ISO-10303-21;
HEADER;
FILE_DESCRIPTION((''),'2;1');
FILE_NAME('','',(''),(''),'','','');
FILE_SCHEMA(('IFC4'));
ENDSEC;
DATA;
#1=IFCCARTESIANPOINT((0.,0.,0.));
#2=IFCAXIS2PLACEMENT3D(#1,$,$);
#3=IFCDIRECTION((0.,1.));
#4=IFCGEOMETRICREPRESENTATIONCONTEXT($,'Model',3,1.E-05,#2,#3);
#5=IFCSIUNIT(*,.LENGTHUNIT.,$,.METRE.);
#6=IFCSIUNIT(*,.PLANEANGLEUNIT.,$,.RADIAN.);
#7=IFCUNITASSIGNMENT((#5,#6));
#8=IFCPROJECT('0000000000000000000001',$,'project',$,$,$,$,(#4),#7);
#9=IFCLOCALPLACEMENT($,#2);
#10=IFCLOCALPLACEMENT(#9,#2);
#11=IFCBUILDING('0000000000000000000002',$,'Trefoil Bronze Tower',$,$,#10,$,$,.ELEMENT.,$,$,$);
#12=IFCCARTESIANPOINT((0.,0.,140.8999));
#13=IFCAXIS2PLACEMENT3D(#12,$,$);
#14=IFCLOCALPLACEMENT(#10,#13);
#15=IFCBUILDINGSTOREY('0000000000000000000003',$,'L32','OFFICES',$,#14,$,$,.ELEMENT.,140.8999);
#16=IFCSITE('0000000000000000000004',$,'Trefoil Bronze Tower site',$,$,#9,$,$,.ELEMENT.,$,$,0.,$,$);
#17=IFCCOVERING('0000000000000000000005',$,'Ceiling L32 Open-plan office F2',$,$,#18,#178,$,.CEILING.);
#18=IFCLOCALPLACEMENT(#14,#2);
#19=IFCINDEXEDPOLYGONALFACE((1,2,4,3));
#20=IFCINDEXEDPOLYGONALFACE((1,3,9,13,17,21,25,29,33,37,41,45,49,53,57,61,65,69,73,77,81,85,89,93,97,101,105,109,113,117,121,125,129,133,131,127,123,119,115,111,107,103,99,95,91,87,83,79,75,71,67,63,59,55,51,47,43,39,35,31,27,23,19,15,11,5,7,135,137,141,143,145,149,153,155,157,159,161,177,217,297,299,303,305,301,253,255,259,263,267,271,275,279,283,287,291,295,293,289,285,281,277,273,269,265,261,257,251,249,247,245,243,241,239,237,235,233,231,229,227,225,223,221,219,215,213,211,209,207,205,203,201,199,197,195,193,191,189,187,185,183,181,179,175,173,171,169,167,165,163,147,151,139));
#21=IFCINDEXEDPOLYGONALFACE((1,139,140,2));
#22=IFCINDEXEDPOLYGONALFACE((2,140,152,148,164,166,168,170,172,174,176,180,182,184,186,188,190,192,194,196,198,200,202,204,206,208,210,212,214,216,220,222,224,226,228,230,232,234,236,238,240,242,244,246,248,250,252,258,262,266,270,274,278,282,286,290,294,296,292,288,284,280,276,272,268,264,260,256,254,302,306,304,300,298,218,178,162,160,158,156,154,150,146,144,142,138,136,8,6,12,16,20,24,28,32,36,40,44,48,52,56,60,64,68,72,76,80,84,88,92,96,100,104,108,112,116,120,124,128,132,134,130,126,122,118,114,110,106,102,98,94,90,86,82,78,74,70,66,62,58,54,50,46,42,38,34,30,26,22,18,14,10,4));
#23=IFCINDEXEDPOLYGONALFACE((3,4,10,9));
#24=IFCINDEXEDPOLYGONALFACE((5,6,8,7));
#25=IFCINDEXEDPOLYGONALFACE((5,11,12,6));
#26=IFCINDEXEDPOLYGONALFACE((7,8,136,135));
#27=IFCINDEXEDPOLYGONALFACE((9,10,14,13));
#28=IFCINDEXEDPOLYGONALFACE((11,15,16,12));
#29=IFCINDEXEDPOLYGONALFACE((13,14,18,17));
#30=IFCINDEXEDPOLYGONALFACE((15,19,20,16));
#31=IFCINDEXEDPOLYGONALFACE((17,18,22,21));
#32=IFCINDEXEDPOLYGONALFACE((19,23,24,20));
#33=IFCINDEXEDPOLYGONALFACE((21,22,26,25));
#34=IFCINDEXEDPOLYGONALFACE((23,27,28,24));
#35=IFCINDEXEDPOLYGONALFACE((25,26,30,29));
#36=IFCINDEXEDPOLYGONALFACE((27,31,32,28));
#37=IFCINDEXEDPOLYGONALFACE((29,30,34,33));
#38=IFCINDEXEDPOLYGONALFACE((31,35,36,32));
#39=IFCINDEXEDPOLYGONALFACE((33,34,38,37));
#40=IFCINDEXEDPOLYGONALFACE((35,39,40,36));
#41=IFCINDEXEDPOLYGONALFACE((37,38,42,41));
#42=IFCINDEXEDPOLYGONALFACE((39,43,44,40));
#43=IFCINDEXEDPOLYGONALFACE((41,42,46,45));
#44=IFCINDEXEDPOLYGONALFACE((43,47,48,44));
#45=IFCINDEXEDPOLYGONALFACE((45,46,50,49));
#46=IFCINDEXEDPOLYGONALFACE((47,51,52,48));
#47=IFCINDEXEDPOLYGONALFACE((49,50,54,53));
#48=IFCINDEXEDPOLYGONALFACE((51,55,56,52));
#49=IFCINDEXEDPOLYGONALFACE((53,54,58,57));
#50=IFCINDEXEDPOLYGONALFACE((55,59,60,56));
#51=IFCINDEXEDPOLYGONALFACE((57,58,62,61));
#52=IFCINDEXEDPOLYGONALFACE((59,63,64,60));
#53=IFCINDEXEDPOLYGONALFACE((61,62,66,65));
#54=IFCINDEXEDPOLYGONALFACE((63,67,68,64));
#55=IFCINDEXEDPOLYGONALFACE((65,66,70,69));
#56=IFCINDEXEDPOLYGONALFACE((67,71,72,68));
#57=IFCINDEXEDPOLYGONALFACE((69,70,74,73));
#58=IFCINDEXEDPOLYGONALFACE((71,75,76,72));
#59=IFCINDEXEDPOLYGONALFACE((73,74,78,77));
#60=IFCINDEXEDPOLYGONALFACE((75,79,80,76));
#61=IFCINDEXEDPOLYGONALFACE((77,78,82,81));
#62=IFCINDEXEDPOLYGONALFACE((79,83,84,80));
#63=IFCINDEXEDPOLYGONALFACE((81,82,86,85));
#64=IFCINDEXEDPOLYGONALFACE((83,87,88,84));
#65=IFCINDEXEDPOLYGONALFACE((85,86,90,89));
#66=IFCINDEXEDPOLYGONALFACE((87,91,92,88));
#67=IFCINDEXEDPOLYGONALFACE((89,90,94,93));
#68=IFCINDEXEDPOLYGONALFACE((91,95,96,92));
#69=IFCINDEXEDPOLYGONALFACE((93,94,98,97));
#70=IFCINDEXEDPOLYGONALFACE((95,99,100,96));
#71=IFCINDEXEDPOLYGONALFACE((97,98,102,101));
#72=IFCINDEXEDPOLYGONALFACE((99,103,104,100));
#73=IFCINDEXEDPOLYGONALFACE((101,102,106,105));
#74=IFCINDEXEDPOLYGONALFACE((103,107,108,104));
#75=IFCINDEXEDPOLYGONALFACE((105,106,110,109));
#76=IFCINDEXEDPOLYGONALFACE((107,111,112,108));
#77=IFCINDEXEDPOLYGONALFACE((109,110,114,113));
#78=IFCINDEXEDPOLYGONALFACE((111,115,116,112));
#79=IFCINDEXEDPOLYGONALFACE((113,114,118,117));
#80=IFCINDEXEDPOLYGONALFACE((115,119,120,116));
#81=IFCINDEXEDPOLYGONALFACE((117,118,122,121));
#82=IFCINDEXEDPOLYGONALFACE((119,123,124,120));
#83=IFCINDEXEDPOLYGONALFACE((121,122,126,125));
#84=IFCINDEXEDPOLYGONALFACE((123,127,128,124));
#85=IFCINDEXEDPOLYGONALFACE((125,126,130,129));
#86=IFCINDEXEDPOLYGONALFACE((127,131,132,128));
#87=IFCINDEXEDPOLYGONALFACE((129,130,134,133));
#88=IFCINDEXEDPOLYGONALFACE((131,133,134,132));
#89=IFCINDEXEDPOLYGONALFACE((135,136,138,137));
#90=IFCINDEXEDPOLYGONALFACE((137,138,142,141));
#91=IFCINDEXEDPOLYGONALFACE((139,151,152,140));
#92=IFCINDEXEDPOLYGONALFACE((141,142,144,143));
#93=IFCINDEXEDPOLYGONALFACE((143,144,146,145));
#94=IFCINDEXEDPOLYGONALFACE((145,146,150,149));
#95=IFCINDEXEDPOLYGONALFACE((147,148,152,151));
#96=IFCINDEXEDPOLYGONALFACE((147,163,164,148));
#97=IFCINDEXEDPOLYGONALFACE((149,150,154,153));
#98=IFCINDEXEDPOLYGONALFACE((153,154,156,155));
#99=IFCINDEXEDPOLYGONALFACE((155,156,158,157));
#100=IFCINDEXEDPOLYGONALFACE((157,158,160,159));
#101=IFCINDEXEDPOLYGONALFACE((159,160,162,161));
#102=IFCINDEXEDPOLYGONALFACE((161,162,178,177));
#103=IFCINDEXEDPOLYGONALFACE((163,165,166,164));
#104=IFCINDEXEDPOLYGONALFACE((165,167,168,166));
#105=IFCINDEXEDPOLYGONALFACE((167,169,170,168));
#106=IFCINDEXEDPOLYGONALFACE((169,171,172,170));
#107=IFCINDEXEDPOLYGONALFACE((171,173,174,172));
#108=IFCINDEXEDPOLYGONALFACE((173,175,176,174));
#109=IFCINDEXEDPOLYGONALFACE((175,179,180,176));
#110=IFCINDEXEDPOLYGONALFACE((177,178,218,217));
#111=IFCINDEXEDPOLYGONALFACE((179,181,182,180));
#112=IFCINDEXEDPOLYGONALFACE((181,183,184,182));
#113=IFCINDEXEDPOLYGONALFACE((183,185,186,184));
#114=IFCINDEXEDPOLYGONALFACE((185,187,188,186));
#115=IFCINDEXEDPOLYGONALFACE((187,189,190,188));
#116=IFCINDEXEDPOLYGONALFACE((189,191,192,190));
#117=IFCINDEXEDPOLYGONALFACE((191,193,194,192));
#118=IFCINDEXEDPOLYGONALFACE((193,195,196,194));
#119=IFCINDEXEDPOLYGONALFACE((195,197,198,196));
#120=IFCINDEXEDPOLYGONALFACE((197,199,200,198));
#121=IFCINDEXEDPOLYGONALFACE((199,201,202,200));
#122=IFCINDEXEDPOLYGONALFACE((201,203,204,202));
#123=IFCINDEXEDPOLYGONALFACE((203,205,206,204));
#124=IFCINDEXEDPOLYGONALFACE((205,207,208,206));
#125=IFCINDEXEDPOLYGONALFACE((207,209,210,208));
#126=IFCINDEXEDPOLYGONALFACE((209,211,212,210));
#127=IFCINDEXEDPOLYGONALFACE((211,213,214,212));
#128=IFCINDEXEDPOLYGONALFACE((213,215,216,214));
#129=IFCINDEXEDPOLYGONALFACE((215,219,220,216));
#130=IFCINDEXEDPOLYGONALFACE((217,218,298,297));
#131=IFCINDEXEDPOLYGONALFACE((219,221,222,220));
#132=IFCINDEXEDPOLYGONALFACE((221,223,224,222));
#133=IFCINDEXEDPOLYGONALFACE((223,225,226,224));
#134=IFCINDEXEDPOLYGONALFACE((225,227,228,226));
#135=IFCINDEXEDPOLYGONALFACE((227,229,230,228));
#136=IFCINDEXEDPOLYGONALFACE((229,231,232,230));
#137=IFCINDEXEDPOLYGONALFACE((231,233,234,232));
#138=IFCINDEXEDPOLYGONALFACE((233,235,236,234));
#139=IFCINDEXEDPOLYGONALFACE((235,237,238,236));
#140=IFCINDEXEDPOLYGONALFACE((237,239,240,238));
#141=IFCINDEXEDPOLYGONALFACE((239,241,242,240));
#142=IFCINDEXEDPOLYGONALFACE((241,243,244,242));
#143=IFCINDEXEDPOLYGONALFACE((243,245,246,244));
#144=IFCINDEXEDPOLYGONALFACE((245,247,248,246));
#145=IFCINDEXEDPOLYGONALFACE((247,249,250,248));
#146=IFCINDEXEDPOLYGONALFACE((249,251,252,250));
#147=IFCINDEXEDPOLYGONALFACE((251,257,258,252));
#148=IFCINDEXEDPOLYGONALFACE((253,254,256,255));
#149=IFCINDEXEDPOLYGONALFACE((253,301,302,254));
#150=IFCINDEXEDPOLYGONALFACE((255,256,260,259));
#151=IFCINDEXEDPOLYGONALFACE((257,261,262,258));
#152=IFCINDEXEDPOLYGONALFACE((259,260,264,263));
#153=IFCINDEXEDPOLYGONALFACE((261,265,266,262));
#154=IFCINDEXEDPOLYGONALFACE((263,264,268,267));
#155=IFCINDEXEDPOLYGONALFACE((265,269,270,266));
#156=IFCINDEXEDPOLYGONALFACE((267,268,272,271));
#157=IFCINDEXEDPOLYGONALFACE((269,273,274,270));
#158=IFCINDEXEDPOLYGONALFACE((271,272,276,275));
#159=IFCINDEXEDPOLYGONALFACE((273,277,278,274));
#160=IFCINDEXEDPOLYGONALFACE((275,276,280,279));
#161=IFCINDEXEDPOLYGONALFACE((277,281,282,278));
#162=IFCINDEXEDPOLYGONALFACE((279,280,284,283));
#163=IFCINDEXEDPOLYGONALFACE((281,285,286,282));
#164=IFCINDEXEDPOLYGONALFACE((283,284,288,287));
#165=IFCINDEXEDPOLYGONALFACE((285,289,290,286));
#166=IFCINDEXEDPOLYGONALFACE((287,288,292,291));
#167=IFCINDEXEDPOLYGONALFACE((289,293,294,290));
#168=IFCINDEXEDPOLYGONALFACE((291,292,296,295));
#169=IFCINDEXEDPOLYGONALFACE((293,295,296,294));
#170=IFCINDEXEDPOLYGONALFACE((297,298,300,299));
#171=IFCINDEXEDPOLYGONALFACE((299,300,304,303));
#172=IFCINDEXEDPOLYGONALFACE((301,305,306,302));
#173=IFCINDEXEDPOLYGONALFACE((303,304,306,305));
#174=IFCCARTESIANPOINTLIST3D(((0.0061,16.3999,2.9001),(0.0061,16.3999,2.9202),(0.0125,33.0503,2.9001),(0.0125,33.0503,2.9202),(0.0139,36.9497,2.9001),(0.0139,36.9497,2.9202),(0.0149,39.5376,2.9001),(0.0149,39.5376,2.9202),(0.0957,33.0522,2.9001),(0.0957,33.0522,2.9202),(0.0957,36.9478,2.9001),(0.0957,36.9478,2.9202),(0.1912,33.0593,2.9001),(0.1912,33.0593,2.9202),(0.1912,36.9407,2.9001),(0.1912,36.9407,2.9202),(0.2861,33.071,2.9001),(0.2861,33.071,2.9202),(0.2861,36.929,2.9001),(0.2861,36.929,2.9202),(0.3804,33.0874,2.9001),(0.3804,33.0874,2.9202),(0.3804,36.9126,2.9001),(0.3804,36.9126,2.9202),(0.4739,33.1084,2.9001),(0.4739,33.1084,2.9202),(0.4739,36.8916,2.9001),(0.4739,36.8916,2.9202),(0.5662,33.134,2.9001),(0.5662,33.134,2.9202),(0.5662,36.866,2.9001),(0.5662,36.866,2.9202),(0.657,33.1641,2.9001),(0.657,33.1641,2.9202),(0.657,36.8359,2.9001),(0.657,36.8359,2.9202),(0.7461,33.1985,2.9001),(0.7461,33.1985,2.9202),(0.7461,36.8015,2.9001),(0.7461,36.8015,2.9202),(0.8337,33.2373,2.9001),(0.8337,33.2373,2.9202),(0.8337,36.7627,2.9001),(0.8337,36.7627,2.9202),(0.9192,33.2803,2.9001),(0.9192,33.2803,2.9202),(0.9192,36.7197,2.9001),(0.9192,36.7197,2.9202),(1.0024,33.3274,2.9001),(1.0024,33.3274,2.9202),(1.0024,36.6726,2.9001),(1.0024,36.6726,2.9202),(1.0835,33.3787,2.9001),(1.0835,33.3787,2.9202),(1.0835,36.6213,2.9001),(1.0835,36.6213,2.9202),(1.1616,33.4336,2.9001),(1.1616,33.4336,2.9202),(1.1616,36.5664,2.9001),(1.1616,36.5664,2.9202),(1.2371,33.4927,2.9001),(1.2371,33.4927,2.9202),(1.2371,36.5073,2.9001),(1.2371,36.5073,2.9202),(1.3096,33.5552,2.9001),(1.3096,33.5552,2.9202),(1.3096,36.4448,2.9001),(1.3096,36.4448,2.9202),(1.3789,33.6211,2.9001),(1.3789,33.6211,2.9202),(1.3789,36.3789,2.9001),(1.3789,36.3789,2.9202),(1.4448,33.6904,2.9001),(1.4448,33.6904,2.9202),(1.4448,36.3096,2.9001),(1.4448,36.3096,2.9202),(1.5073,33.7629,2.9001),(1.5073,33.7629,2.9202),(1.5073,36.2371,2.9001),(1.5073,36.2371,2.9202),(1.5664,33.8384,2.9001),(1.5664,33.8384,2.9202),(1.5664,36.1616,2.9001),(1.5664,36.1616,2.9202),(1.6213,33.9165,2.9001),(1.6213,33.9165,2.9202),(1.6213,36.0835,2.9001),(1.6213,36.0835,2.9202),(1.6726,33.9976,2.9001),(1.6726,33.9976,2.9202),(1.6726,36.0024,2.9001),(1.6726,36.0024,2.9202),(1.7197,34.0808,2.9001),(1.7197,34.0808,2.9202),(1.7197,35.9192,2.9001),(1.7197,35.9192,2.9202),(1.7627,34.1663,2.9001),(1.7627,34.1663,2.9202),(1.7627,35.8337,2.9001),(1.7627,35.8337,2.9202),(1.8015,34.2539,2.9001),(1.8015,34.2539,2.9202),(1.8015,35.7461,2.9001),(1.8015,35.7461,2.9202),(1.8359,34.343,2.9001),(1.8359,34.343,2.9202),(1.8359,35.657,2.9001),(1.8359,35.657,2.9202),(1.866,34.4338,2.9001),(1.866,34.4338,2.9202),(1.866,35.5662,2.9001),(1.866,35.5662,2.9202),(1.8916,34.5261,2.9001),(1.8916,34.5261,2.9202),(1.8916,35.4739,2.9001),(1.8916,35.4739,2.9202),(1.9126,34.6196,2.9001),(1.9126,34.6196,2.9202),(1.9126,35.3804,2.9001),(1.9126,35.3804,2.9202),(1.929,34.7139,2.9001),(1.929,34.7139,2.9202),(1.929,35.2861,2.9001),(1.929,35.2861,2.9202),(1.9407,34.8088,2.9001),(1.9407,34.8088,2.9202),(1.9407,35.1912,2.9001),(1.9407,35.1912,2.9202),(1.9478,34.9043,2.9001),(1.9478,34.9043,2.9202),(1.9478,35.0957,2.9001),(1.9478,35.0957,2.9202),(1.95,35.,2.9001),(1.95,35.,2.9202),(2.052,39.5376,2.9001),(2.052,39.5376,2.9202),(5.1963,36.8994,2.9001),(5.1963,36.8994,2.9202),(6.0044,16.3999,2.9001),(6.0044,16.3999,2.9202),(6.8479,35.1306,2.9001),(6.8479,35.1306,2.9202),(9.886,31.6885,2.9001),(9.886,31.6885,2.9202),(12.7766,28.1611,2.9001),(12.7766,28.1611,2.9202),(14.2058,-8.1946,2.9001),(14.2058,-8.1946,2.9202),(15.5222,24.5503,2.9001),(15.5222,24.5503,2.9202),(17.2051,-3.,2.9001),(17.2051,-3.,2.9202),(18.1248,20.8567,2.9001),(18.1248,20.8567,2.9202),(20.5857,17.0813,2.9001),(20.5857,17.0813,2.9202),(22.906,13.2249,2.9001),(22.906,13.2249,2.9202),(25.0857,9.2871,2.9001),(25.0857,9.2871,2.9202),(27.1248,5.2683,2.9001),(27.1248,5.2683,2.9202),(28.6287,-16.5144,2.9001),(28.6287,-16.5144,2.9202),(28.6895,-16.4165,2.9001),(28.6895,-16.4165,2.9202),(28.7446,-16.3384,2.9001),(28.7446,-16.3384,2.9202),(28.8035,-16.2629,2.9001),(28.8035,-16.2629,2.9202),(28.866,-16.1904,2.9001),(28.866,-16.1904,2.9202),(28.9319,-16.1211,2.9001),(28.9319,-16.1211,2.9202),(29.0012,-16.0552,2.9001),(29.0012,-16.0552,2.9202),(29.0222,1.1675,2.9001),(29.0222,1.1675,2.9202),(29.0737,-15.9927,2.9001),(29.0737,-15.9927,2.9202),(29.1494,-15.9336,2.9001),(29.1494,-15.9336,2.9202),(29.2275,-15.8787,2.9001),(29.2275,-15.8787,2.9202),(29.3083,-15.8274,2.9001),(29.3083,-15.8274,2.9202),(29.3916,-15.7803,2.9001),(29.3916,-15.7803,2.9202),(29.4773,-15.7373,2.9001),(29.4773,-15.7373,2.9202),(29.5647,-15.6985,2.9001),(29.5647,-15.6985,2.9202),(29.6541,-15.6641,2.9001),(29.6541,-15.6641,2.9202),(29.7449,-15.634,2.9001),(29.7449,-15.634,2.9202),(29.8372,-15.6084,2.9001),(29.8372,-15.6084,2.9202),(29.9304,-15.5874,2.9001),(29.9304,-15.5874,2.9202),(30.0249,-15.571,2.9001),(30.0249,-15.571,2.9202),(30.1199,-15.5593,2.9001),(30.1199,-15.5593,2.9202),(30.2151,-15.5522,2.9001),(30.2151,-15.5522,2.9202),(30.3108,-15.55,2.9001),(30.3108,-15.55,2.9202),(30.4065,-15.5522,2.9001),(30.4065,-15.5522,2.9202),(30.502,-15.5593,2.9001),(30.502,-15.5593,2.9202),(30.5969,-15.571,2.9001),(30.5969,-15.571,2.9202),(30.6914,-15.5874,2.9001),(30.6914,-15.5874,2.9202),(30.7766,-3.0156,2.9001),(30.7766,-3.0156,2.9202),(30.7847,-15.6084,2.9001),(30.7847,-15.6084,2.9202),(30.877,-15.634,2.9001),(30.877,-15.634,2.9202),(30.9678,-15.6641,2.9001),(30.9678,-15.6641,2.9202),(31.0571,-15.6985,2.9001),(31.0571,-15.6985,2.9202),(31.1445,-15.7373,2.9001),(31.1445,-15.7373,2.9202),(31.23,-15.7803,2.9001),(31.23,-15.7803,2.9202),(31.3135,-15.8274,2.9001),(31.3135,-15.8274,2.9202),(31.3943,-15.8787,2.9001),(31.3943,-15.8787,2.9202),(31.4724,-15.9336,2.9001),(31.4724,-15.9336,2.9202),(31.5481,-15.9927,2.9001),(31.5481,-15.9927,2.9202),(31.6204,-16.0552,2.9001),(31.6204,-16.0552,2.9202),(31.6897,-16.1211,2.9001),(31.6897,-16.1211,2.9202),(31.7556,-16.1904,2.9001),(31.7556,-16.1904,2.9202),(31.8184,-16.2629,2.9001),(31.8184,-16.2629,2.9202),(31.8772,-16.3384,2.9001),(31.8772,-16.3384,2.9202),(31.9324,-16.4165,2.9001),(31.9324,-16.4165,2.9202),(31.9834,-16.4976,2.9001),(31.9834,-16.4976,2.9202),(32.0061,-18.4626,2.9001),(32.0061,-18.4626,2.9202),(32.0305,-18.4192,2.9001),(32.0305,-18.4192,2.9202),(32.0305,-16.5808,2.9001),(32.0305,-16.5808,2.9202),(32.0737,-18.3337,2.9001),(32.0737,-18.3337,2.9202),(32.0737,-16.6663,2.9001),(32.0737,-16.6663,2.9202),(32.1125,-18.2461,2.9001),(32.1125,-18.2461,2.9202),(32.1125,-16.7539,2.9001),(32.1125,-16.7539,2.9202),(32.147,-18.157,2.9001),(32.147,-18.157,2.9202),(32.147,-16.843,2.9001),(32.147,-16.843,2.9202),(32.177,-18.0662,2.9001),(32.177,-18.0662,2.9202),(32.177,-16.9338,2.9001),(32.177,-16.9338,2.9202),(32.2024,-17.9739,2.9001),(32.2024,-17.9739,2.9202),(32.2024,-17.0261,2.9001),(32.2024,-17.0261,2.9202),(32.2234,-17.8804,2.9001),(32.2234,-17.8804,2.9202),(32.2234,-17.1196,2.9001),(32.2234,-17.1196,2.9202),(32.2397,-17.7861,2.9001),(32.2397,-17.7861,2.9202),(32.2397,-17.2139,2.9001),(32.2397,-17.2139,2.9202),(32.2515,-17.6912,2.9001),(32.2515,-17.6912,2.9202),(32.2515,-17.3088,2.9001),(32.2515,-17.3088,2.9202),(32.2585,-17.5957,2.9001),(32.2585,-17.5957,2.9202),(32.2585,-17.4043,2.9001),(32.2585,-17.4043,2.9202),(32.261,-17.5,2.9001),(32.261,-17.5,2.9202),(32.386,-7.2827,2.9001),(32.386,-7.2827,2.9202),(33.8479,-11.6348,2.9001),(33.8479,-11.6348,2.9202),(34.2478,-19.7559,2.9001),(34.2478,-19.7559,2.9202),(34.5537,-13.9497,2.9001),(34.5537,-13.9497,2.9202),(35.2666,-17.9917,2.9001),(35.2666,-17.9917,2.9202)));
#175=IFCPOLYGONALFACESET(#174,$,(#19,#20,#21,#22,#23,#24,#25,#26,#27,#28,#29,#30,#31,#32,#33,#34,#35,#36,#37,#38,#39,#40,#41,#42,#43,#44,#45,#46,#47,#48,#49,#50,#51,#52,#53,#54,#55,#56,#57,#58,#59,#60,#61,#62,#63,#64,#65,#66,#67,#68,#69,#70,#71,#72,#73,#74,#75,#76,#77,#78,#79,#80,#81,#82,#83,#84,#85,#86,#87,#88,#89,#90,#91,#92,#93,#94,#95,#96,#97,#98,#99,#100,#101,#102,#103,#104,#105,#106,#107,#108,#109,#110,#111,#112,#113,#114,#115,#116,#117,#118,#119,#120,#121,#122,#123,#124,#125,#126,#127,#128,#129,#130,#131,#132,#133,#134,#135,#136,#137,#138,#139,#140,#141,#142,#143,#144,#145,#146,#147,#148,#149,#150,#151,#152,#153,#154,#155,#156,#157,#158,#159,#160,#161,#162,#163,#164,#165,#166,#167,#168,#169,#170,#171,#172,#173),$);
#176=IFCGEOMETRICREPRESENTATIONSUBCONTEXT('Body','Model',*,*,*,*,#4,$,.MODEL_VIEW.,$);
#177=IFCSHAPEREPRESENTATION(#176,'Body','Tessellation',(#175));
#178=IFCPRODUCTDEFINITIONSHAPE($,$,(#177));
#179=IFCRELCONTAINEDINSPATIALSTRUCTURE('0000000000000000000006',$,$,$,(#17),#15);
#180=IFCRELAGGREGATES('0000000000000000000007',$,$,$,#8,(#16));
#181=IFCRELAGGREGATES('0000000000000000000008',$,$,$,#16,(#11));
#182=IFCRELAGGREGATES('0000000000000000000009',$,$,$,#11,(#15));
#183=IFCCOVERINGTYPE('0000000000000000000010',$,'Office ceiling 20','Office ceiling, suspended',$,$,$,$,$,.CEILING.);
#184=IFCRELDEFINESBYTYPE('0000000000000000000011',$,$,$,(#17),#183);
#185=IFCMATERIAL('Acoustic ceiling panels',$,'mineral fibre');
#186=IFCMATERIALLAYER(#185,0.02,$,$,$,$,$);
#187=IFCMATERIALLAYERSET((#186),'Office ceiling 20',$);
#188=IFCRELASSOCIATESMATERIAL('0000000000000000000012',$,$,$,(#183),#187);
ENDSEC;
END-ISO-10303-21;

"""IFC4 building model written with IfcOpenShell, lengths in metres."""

from ifc_helpers import new_model, si_unit, direction, frame, origin, place, context, subcontext, project, spatial, polyline, outline, extrude, material, layer, layer_set, type_object, element, save


model = new_model("IFC4")

# Units and contexts
model_context = context("Model", 3, precision=1e-05, world=origin(), true_north=direction((0.0, 1.0)))
body_context = subcontext(model_context, "Body", "Model", "MODEL_VIEW")
ifc_project = project(units=[si_unit("LENGTHUNIT", "METRE"), si_unit("PLANEANGLEUNIT", "RADIAN")], contexts=[model_context])

# Site, building, storey
site_placement = place(None, origin())
site = spatial("IfcSite", under=ifc_project, at=site_placement, Name="Trefoil Bronze Tower site", CompositionType="ELEMENT", RefElevation=0.0)
building_placement = place(site_placement, origin())
building = spatial("IfcBuilding", under=site, at=building_placement, Name="Trefoil Bronze Tower", CompositionType="ELEMENT")
storey_placement = place(building_placement, frame((0.0, 0.0, 140.8999)))
storey = spatial("IfcBuildingStorey", under=building, at=storey_placement, Name="L32", Description="OFFICES", CompositionType="ELEMENT", Elevation=140.8999)

# Covering
ifc_material_1 = material(Name="Acoustic ceiling panels", Category="mineral fibre")
ifc_layer_1 = layer(ifc_material_1, 0.02)
ifc_layer_set_1 = layer_set([ifc_layer_1], Name="Office ceiling 20")
covering_type_1 = type_object("IfcCoveringType", Name="Office ceiling 20", Description="Office ceiling, suspended", PredefinedType="CEILING", material=ifc_layer_set_1)
covering_1_placement = place(storey_placement, frame((0.0, 0.0, 2.9001)))
element("IfcCovering", 1, at=covering_1_placement, inside=storey, type_object=covering_type_1, Name="Ceiling L32 Open-plan office F2", PredefinedType="CEILING", context=body_context, shape_type="SweptSolid", body=[
    extrude(outline(polyline([(6.8479, 35.1306), (9.886, 31.6885), (12.7766, 28.1611), (15.5222, 24.5503), (18.1248, 20.8567), (20.5857, 17.0813), (22.906, 13.2249), (25.0857, 9.2871), (27.1248, 5.2683), (29.0222, 1.1675), (30.7766, -3.0156), (32.386, -7.2827), (33.8479, -11.6348), (34.5537, -13.9497), (35.2666, -17.9917), (34.2478, -19.7559), (32.0061, -18.4626), (32.0305, -18.4192), (32.0737, -18.3337), (32.1125, -18.2461), (32.147, -18.157), (32.177, -18.0662), (32.2024, -17.9739), (32.2234, -17.8804), (32.2397, -17.7861), (32.2515, -17.6912), (32.2585, -17.5957), (32.261, -17.5), (32.2585, -17.4043), (32.2515, -17.3088), (32.2397, -17.2139), (32.2234, -17.1196), (32.2024, -17.0261), (32.177, -16.9338), (32.147, -16.843), (32.1125, -16.7539), (32.0737, -16.6663), (32.0305, -16.5808), (31.9834, -16.4976), (31.9324, -16.4165), (31.8772, -16.3384), (31.8184, -16.2629), (31.7556, -16.1904), (31.6897, -16.1211), (31.6204, -16.0552), (31.5481, -15.9927), (31.4724, -15.9336), (31.3943, -15.8787), (31.3135, -15.8274), (31.23, -15.7803), (31.1445, -15.7373), (31.0571, -15.6985), (30.9678, -15.6641), (30.877, -15.634), (30.7847, -15.6084), (30.6914, -15.5874), (30.5969, -15.571), (30.502, -15.5593), (30.4065, -15.5522), (30.3108, -15.55), (30.2151, -15.5522), (30.1199, -15.5593), (30.0249, -15.571), (29.9304, -15.5874), (29.8372, -15.6084), (29.7449, -15.634), (29.6541, -15.6641), (29.5647, -15.6985), (29.4773, -15.7373), (29.3916, -15.7803), (29.3083, -15.8274), (29.2275, -15.8787), (29.1494, -15.9336), (29.0737, -15.9927), (29.0012, -16.0552), (28.9319, -16.1211), (28.866, -16.1904), (28.8035, -16.2629), (28.7446, -16.3384), (28.6895, -16.4165), (28.6287, -16.5144), (14.2058, -8.1946), (17.2051, -3.0), (6.0044, 16.3999), (0.0061, 16.3999), (0.0125, 33.0503), (0.0957, 33.0522), (0.1912, 33.0593), (0.2861, 33.071), (0.3804, 33.0874), (0.4739, 33.1084), (0.5662, 33.134), (0.657, 33.1641), (0.7461, 33.1985), (0.8337, 33.2373), (0.9192, 33.2803), (1.0024, 33.3274), (1.0835, 33.3787), (1.1616, 33.4336), (1.2371, 33.4927), (1.3096, 33.5552), (1.3789, 33.6211), (1.4448, 33.6904), (1.5073, 33.7629), (1.5664, 33.8384), (1.6213, 33.9165), (1.6726, 33.9976), (1.7197, 34.0808), (1.7627, 34.1663), (1.8015, 34.2539), (1.8359, 34.343), (1.866, 34.4338), (1.8916, 34.5261), (1.9126, 34.6196), (1.929, 34.7139), (1.9407, 34.8088), (1.9478, 34.9043), (1.95, 35.0), (1.9478, 35.0957), (1.9407, 35.1912), (1.929, 35.2861), (1.9126, 35.3804), (1.8916, 35.4739), (1.866, 35.5662), (1.8359, 35.657), (1.8015, 35.7461), (1.7627, 35.8337), (1.7197, 35.9192), (1.6726, 36.0024), (1.6213, 36.0835), (1.5664, 36.1616), (1.5073, 36.2371), (1.4448, 36.3096), (1.3789, 36.3789), (1.3096, 36.4448), (1.2371, 36.5073), (1.1616, 36.5664), (1.0835, 36.6213), (1.0024, 36.6726), (0.9192, 36.7197), (0.8337, 36.7627), (0.7461, 36.8015), (0.657, 36.8359), (0.5662, 36.866), (0.4739, 36.8916), (0.3804, 36.9126), (0.2861, 36.929), (0.1912, 36.9407), (0.0957, 36.9478), (0.0139, 36.9497), (0.0149, 39.5376), (2.052, 39.5376), (5.1963, 36.8994), (6.8479, 35.1306)])), origin(), (0.0, 0.0, 1.0), 0.02),
])

save(model, "model.ifc")
